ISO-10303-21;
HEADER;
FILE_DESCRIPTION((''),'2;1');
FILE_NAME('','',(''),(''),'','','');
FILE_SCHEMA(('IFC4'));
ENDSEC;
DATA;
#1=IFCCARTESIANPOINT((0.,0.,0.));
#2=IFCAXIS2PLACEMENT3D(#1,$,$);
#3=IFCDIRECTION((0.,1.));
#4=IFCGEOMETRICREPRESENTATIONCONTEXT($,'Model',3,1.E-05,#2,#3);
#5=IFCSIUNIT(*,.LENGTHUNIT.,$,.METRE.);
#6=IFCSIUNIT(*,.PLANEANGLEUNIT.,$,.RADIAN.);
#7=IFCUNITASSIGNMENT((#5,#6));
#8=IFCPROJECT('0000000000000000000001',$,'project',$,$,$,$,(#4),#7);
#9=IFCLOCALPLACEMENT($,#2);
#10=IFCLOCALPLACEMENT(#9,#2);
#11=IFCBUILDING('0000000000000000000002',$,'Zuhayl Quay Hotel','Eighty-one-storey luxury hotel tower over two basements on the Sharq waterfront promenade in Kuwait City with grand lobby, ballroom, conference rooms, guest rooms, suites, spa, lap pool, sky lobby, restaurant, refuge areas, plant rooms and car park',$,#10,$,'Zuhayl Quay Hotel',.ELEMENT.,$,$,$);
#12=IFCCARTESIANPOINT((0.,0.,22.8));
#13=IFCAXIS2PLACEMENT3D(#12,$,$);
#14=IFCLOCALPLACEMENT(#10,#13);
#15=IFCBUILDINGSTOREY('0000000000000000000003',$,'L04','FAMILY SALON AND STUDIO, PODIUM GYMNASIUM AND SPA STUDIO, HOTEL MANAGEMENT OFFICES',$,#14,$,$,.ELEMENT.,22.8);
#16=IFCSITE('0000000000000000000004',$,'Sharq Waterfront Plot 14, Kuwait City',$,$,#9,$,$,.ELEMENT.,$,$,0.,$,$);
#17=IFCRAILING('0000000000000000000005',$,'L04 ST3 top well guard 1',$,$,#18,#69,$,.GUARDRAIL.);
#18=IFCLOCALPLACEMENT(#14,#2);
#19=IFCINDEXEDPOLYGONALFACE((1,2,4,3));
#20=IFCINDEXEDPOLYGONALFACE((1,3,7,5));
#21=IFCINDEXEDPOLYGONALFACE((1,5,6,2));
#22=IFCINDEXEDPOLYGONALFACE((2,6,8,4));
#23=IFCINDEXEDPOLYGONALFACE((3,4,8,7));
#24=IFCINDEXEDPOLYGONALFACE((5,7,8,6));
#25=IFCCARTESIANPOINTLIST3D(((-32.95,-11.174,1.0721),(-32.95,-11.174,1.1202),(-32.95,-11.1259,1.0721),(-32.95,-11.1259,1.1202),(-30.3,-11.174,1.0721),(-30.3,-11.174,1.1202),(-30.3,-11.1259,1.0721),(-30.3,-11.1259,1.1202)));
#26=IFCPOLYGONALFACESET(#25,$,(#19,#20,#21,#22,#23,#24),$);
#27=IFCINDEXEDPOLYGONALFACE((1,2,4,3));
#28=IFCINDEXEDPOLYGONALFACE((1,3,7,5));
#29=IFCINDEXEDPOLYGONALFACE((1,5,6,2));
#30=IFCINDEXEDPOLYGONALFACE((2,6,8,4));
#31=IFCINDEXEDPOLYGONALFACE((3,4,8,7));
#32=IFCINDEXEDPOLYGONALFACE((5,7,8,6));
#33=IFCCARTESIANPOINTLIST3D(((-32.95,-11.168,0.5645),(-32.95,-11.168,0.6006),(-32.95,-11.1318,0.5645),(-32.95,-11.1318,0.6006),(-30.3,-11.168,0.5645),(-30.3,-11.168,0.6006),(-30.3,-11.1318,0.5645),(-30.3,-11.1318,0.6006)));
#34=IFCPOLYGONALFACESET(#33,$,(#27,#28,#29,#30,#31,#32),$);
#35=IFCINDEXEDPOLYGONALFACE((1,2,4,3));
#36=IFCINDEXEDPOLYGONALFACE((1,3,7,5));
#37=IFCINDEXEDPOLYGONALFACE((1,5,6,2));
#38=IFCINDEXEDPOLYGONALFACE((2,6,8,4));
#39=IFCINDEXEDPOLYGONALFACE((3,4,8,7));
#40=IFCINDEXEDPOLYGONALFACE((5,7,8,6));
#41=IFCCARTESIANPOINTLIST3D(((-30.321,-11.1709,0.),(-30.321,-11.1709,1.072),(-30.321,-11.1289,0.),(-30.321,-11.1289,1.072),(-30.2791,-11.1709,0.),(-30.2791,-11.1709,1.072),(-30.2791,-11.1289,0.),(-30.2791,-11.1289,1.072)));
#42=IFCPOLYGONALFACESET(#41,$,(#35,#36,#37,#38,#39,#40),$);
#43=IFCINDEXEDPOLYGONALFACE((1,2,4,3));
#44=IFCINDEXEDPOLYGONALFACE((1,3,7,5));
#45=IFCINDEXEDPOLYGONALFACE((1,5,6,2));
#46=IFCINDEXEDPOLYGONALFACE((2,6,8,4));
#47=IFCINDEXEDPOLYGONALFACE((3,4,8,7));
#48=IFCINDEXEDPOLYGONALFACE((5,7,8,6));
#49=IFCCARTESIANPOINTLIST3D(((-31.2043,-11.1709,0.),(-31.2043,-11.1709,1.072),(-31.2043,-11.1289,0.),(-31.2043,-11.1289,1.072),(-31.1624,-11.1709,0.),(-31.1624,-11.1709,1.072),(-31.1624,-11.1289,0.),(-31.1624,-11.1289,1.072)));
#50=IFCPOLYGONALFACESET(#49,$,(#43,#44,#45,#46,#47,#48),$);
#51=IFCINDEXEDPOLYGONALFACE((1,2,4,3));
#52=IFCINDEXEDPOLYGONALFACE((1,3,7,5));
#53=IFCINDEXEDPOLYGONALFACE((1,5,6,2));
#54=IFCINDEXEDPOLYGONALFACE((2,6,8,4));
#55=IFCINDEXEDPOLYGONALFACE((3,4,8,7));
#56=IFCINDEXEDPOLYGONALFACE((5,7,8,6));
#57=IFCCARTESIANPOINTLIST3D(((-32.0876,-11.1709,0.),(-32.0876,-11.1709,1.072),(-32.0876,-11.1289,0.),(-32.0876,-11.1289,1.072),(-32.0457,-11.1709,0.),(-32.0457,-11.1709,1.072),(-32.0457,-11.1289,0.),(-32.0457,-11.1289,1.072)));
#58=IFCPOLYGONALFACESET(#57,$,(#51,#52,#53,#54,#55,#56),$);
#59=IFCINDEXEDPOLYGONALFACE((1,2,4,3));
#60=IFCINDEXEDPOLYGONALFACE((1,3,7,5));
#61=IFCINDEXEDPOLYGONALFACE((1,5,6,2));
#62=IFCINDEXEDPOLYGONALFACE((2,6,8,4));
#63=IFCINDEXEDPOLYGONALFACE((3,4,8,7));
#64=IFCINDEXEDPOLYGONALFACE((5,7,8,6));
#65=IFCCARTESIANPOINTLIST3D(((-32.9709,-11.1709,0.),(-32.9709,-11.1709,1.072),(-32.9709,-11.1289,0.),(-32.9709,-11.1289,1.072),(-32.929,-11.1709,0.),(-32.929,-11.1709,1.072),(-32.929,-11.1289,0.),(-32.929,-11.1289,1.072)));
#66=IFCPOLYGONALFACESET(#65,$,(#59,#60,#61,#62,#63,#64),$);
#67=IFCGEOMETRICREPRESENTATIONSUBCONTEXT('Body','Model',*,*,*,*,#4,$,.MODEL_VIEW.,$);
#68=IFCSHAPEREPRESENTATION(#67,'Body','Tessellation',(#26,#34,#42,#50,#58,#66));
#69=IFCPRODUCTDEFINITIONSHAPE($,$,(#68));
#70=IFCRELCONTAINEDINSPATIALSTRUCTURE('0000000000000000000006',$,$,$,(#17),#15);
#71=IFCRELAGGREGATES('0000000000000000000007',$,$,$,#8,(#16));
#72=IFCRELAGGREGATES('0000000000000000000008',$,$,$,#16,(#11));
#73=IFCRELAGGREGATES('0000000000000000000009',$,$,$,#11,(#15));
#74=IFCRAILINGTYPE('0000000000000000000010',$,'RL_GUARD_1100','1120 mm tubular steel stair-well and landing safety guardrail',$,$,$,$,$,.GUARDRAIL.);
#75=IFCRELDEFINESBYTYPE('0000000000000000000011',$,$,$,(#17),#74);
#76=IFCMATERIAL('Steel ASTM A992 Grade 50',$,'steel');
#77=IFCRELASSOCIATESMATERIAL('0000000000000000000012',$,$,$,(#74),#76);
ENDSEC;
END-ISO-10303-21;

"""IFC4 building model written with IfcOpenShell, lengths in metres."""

from ifc_helpers import new_model, si_unit, direction, frame, origin, origin_2d, place, context, subcontext, project, spatial, rectangle, extrude, material, type_object, element, save


model = new_model("IFC4")

# Units and contexts
model_context = context("Model", 3, precision=1e-05, world=origin(), true_north=direction((0.0, 1.0)))
body_context = subcontext(model_context, "Body", "Model", "MODEL_VIEW")
ifc_project = project(units=[si_unit("LENGTHUNIT", "METRE"), si_unit("PLANEANGLEUNIT", "RADIAN")], contexts=[model_context])

# Site, building, storey
site_placement = place(None, origin())
site = spatial("IfcSite", under=ifc_project, at=site_placement, Name="Sharq Waterfront Plot 14, Kuwait City", CompositionType="ELEMENT", RefElevation=0.0)
building_placement = place(site_placement, origin())
building = spatial("IfcBuilding", under=site, at=building_placement, Name="Zuhayl Quay Hotel", Description="Eighty-one-storey luxury hotel tower over two basements on the Sharq waterfront promenade in Kuwait City with grand lobby, ballroom, conference rooms, guest rooms, suites, spa, lap pool, sky lobby, restaurant, refuge areas, plant rooms and car park", LongName="Zuhayl Quay Hotel", CompositionType="ELEMENT")
storey_placement = place(building_placement, frame((0.0, 0.0, 22.8)))
storey = spatial("IfcBuildingStorey", under=building, at=storey_placement, Name="L04", Description="FAMILY SALON AND STUDIO, PODIUM GYMNASIUM AND SPA STUDIO, HOTEL MANAGEMENT OFFICES", CompositionType="ELEMENT", Elevation=22.8)

# Shared definitions
ifc_material_1 = material(Name="Steel ASTM A992 Grade 50", Category="steel")

# Railing
railing_type = type_object("IfcRailingType", Name="RL_GUARD_1100", Description="1120 mm tubular steel stair-well and landing safety guardrail", PredefinedType="GUARDRAIL", material=ifc_material_1)
railing_placement = place(storey_placement, frame((-30.3, -11.1499, 0.0)))
element("IfcRailing", 1, at=railing_placement, inside=storey, type_object=railing_type, Name="L04 ST3 top well guard 1", PredefinedType="GUARDRAIL", context=body_context, shape_type="SweptSolid", body=[
    extrude(rectangle(XDim=0.0481, YDim=0.0481, at=origin_2d()), frame((0.0, 0.0, 1.0962), z_axis=(-1.0, 0.0, 0.0), x_axis=(0.0, -1.0, 0.0)), (0.0, 0.0, 1.0), 2.6499),
    extrude(rectangle(XDim=0.0361, YDim=0.0361, at=origin_2d()), frame((0.0, 0.0, 0.5825), z_axis=(-1.0, 0.0, 0.0), x_axis=(0.0, -1.0, 0.0)), (0.0, 0.0, 1.0), 2.6499),
    extrude(rectangle(XDim=0.042, YDim=0.042, at=origin_2d()), origin(), (0.0, 0.0, 1.0), 1.072),
    extrude(rectangle(XDim=0.042, YDim=0.042, at=origin_2d()), frame((-0.8833, 0.0, 0.0)), (0.0, 0.0, 1.0), 1.072),
    extrude(rectangle(XDim=0.042, YDim=0.042, at=origin_2d()), frame((-1.7666, 0.0, 0.0)), (0.0, 0.0, 1.0), 1.072),
    extrude(rectangle(XDim=0.042, YDim=0.042, at=origin_2d()), frame((-2.6499, 0.0, 0.0)), (0.0, 0.0, 1.0), 1.072),
])

save(model, "model.ifc")
